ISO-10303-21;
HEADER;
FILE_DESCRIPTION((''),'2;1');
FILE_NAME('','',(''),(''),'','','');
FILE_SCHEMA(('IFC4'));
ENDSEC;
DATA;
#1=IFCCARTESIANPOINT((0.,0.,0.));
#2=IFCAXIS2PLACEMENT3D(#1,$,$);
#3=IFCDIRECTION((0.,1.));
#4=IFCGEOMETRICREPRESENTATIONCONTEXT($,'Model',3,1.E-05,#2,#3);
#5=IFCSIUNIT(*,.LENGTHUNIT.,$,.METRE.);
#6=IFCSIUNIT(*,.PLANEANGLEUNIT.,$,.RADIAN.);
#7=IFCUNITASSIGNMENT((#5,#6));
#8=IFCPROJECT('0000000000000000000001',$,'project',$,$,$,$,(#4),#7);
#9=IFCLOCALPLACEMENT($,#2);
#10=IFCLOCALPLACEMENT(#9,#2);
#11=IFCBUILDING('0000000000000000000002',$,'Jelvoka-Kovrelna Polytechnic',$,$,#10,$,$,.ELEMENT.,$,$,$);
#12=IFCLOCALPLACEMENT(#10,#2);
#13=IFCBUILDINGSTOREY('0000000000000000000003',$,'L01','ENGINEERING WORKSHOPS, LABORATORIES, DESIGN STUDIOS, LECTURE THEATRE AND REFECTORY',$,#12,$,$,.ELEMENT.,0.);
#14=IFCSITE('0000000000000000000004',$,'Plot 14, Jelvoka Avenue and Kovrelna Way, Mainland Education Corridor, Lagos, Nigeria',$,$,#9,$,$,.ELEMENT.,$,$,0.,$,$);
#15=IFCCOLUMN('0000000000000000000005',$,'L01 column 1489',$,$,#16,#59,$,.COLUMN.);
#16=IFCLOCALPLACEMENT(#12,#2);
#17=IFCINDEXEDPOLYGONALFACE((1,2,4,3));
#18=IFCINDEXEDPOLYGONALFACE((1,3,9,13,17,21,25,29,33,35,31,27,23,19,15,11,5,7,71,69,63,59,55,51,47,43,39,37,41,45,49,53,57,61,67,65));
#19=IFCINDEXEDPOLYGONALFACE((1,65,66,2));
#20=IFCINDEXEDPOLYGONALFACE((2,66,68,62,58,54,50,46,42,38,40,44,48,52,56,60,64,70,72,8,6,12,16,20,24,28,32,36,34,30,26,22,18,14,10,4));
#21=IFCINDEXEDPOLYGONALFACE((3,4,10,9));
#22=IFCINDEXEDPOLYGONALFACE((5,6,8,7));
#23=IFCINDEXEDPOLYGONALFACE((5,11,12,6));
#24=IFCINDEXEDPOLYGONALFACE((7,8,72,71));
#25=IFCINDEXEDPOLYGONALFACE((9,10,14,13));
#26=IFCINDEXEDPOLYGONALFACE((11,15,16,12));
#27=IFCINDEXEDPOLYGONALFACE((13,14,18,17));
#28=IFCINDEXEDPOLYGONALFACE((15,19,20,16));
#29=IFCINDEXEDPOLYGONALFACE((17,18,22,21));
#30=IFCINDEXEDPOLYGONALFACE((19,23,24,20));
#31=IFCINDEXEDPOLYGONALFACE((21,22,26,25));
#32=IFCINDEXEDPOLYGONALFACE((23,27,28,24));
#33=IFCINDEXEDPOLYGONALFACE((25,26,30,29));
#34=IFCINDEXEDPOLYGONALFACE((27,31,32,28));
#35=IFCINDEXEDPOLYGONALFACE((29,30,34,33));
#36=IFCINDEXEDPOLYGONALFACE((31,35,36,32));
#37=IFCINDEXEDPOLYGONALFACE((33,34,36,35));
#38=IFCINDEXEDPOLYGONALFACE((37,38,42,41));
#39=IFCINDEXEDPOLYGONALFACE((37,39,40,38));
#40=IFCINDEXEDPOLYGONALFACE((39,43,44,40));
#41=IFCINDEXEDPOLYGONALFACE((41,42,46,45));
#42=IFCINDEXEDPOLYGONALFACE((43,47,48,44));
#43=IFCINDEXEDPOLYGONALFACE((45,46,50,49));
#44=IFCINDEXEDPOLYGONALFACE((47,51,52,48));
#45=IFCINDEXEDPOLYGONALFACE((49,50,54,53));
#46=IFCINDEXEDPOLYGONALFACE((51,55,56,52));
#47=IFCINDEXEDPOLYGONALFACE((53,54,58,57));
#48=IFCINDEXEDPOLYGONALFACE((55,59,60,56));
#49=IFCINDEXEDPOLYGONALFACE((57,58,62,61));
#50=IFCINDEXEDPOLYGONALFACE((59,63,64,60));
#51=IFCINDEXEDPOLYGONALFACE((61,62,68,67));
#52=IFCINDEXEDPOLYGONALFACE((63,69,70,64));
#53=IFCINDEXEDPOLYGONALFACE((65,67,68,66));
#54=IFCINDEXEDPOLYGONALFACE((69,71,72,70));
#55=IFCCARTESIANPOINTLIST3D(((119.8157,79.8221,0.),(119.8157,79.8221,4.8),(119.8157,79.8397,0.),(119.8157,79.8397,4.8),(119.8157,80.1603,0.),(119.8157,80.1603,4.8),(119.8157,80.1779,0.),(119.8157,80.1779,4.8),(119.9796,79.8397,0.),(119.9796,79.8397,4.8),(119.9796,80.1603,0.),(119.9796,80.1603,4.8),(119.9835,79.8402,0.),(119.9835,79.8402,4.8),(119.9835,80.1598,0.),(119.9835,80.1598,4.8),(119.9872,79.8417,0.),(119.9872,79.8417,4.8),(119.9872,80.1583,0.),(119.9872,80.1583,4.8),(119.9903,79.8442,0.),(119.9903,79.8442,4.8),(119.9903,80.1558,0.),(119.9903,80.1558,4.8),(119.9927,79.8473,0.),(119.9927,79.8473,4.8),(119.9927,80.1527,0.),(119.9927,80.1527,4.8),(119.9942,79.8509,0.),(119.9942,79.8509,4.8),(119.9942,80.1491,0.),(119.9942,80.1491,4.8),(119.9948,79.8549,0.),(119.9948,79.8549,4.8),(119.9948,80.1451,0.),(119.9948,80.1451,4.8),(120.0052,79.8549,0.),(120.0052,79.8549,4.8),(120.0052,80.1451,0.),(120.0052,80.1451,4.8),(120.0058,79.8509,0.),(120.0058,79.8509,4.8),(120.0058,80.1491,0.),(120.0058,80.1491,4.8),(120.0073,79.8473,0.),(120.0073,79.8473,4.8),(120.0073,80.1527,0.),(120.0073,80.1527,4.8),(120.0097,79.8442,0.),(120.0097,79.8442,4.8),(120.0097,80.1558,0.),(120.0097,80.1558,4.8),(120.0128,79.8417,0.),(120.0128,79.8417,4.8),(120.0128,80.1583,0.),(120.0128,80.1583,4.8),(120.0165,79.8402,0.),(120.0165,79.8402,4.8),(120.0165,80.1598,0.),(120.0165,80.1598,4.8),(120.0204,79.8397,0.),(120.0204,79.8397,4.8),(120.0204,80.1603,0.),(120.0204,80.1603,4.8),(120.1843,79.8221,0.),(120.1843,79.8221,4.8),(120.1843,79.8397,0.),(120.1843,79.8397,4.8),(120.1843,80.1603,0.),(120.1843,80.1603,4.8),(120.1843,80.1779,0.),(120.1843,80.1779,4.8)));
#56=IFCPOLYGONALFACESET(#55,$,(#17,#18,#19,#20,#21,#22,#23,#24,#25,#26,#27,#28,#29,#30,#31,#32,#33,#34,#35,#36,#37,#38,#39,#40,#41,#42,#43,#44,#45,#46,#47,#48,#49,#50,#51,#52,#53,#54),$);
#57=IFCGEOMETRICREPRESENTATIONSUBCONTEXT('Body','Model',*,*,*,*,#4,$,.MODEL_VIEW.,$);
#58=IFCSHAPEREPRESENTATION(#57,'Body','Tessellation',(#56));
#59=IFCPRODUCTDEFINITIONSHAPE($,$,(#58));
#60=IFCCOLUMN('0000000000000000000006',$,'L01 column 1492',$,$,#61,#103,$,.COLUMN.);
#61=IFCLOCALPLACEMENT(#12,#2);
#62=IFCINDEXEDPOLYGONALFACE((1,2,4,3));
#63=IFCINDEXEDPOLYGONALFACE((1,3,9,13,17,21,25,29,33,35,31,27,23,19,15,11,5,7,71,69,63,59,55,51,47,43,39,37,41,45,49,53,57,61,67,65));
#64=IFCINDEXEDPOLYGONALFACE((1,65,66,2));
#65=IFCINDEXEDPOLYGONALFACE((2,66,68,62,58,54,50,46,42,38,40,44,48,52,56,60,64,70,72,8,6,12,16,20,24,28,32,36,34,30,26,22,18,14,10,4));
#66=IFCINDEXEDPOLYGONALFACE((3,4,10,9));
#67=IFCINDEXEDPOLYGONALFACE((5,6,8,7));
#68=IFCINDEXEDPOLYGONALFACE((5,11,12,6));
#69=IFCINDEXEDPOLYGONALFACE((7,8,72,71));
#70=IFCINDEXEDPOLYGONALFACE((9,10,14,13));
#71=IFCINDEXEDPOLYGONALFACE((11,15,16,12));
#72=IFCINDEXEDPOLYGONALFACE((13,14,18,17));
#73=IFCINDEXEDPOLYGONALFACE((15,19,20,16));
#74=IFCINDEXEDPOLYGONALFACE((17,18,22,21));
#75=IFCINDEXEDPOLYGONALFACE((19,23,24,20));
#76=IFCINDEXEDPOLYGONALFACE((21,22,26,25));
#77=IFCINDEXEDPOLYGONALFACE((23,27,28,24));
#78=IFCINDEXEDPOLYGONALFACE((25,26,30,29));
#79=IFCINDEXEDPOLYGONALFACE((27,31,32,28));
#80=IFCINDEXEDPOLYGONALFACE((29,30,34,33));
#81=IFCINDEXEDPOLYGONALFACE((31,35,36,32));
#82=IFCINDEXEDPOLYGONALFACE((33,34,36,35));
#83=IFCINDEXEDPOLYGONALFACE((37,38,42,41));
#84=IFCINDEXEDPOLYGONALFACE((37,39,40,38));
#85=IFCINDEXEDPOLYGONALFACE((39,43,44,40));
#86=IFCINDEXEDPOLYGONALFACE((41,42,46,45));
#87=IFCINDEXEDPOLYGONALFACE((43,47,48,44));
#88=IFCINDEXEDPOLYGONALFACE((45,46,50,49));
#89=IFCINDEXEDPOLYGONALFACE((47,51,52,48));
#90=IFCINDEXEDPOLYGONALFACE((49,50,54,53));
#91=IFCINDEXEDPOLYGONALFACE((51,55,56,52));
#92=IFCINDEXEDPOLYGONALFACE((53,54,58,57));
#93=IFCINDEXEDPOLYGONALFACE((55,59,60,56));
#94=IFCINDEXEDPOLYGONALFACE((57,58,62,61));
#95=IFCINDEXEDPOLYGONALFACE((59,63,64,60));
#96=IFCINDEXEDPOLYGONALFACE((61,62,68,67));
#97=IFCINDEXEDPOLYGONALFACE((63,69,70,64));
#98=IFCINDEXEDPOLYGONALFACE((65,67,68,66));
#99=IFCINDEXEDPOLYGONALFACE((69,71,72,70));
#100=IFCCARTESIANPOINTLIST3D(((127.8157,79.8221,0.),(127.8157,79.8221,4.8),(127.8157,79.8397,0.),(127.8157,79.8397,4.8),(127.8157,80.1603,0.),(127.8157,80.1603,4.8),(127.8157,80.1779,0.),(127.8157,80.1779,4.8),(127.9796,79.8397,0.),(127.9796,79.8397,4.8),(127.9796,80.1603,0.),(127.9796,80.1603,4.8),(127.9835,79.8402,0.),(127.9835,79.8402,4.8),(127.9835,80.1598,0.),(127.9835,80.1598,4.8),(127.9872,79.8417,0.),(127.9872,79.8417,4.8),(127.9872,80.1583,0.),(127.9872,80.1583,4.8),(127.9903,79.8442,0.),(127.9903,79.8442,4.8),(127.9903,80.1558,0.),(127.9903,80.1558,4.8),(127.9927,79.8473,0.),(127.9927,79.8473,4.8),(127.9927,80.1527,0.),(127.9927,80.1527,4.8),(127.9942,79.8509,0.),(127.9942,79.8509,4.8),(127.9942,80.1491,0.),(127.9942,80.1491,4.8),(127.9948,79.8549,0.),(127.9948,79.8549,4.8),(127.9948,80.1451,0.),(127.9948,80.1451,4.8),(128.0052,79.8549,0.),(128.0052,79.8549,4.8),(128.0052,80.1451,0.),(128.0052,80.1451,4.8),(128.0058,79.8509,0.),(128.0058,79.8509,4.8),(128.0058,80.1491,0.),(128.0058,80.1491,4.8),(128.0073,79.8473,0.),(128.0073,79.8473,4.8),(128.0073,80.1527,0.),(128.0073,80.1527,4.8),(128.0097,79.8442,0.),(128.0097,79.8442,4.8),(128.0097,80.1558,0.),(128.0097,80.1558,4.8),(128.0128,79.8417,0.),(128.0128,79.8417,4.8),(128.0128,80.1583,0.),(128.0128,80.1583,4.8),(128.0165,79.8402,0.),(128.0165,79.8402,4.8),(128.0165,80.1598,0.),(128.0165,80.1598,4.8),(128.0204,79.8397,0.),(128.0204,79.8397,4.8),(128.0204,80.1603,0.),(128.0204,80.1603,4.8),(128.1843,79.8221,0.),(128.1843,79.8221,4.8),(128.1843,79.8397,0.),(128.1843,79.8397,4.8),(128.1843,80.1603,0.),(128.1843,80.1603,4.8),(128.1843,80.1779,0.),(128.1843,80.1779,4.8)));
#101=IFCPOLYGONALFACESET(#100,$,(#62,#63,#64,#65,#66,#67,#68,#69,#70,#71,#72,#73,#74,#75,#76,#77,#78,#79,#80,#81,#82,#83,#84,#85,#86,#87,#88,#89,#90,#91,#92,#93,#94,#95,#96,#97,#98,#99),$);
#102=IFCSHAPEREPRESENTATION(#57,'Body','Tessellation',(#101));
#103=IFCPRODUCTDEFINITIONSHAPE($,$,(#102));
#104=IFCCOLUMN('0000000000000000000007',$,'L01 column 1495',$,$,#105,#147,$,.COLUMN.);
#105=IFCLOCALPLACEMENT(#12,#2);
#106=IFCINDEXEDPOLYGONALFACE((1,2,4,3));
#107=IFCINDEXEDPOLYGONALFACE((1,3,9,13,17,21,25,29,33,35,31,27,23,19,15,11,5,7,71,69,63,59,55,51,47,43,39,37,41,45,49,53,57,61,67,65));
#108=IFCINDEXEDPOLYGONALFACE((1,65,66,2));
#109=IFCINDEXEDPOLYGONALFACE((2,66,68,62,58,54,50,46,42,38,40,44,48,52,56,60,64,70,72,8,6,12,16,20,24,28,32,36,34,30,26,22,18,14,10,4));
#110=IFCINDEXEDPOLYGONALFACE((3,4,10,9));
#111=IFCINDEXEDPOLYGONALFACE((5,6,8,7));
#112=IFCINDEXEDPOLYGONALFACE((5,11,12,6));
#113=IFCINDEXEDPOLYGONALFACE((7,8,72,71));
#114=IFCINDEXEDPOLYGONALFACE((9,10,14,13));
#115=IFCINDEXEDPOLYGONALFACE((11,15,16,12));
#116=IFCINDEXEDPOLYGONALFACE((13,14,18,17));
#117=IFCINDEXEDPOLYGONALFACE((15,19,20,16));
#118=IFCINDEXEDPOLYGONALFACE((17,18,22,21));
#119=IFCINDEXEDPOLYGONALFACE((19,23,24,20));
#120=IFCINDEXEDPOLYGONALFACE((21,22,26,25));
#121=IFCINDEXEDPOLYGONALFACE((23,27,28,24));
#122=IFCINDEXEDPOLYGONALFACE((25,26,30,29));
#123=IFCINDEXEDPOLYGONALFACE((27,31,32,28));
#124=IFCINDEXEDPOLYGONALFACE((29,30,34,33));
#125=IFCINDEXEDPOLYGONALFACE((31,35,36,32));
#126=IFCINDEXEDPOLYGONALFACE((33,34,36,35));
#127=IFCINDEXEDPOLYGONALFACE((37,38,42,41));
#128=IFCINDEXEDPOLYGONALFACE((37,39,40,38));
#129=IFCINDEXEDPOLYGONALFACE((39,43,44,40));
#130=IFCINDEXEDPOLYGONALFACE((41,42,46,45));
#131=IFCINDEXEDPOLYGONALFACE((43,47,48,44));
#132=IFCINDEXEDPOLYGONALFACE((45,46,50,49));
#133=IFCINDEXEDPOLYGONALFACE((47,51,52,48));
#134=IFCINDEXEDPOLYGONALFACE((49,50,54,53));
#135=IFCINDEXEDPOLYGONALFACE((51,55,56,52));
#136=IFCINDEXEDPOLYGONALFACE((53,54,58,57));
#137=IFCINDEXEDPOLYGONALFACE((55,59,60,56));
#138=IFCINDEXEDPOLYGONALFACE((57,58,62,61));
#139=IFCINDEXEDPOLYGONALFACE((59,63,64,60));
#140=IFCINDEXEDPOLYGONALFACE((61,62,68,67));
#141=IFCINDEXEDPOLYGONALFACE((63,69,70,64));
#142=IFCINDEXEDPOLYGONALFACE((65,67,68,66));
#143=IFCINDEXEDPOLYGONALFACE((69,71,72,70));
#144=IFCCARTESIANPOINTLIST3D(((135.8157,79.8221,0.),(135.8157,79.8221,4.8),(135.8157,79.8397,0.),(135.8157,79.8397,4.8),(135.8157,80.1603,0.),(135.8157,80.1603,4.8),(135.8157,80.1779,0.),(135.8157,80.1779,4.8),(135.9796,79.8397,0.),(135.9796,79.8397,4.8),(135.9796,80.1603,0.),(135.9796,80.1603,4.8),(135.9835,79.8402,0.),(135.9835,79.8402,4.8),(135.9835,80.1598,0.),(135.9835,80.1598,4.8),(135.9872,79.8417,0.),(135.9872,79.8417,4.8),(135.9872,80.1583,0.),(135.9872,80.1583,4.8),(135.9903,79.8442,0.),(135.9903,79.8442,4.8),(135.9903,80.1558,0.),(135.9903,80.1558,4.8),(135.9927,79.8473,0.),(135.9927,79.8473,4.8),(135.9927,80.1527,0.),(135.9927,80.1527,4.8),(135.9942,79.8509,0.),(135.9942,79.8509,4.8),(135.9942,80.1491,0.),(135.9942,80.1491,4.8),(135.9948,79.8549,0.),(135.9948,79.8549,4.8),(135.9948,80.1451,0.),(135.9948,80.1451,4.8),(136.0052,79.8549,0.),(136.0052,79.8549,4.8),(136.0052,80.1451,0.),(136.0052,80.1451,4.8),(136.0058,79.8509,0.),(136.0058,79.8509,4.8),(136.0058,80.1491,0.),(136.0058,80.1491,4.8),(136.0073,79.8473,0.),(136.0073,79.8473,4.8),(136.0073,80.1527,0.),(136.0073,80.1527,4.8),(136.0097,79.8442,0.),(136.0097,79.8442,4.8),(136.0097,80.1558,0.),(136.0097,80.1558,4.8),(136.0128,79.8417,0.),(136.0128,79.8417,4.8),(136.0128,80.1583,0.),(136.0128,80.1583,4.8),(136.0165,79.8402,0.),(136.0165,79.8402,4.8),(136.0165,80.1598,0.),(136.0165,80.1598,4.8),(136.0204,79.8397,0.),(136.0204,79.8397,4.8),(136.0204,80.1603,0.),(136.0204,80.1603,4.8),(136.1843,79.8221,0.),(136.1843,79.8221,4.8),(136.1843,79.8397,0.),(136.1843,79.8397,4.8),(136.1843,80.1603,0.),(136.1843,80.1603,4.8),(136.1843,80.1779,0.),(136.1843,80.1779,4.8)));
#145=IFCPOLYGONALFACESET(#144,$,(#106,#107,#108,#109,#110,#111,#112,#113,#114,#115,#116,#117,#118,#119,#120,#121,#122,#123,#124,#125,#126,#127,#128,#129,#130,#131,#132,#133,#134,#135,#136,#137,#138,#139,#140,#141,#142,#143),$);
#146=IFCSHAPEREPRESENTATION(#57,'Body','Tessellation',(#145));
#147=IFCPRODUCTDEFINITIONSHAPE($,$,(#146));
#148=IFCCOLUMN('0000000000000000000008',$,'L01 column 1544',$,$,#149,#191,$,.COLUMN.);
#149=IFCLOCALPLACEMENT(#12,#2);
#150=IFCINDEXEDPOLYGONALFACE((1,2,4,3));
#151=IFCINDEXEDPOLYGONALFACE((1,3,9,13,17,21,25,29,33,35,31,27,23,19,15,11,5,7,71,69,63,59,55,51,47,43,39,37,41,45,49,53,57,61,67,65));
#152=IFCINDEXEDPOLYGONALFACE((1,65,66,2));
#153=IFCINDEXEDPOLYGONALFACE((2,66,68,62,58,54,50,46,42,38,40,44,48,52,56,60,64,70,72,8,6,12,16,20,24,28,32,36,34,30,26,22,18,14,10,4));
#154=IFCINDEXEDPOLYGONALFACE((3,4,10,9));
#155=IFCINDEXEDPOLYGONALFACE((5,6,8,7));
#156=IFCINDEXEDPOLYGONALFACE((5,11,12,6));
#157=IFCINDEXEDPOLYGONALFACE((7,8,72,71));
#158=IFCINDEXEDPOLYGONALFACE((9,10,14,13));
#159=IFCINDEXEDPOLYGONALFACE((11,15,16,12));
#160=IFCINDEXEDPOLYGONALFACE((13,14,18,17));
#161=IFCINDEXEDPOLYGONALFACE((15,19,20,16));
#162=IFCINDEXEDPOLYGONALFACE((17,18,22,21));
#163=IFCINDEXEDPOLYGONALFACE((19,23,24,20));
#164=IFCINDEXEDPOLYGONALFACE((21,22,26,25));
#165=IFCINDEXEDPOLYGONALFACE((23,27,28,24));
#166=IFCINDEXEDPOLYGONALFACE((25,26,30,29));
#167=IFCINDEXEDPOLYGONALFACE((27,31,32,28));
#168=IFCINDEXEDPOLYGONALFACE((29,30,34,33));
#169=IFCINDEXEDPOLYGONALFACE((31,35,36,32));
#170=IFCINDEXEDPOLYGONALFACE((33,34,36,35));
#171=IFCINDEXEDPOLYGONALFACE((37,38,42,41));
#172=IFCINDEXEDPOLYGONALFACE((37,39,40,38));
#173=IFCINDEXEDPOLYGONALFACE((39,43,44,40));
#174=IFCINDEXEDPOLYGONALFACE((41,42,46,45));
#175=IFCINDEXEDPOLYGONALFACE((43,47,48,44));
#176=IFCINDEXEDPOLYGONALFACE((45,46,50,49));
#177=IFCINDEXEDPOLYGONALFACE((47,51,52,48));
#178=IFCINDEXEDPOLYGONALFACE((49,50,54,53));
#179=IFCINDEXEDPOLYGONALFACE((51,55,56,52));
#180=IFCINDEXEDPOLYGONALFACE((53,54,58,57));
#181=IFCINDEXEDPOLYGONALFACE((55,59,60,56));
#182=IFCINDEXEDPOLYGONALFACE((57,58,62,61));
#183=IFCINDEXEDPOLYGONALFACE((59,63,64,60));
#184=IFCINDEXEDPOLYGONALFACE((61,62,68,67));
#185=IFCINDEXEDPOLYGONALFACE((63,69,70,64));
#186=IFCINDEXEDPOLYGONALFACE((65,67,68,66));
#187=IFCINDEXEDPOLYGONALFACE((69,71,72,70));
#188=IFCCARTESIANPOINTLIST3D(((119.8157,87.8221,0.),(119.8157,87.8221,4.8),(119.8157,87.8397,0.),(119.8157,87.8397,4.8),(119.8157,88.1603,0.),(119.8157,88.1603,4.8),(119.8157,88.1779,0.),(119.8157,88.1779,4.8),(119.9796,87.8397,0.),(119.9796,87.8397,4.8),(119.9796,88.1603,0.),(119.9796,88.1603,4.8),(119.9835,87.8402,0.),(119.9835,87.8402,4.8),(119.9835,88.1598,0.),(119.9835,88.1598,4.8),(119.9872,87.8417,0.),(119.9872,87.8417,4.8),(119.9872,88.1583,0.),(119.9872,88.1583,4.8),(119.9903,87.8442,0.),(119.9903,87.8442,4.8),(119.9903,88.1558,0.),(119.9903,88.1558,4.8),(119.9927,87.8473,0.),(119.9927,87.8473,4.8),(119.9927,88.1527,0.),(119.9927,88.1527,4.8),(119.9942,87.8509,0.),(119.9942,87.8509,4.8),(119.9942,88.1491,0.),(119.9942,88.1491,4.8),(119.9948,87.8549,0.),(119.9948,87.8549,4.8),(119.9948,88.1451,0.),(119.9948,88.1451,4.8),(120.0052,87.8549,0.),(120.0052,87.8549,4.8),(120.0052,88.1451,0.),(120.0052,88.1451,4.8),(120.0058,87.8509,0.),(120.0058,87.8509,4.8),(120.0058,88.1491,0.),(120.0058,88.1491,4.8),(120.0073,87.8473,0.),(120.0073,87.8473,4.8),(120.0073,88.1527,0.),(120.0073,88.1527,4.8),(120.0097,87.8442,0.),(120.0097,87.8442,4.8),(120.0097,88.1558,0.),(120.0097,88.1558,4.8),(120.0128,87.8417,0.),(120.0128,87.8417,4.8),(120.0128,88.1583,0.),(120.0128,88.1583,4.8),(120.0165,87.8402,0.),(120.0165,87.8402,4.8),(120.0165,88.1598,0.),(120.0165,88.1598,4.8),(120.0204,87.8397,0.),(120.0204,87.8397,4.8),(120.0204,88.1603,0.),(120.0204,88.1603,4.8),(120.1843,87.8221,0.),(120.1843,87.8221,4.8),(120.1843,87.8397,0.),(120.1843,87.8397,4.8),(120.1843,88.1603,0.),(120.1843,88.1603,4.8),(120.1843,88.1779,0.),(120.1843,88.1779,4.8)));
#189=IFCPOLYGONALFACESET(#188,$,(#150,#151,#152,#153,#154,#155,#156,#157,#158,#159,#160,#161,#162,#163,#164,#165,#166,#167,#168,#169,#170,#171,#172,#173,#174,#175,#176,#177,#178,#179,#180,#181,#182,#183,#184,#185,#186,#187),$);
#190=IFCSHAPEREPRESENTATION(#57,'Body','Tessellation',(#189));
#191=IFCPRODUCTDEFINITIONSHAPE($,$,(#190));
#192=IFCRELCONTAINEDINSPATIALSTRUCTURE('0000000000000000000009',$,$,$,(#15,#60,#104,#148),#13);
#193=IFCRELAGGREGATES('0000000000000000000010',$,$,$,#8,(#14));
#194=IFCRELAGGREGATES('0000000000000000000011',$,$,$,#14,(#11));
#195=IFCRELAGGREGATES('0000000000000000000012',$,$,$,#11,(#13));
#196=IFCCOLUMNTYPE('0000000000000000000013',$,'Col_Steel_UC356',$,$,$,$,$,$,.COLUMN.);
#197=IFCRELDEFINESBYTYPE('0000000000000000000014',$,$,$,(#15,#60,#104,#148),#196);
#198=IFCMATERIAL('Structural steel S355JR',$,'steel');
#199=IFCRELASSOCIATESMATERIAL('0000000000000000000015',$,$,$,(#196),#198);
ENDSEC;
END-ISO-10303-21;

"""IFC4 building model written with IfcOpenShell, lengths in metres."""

from ifc_helpers import new_model, si_unit, direction, frame, origin, origin_2d, place, context, subcontext, project, spatial, i_section, extrude, material, material_profile, profile_set, type_object, element, save


model = new_model("IFC4")

# Units and contexts
model_context = context("Model", 3, precision=1e-05, world=origin(), true_north=direction((0.0, 1.0)))
body_context = subcontext(model_context, "Body", "Model", "MODEL_VIEW")
ifc_project = project(units=[si_unit("LENGTHUNIT", "METRE"), si_unit("PLANEANGLEUNIT", "RADIAN")], contexts=[model_context])

# Site, building, storey
site_placement = place(None, origin())
site = spatial("IfcSite", under=ifc_project, at=site_placement, Name="Plot 14, Jelvoka Avenue and Kovrelna Way, Mainland Education Corridor, Lagos, Nigeria", CompositionType="ELEMENT", RefElevation=0.0)
building_placement = place(site_placement, origin())
building = spatial("IfcBuilding", under=site, at=building_placement, Name="Jelvoka-Kovrelna Polytechnic", CompositionType="ELEMENT")
storey_placement = place(building_placement, origin())
storey = spatial("IfcBuildingStorey", under=building, at=storey_placement, Name="L01", Description="ENGINEERING WORKSHOPS, LABORATORIES, DESIGN STUDIOS, LECTURE THEATRE AND REFECTORY", CompositionType="ELEMENT", Elevation=0.0)

# Columns
ifc_material_1 = material(Name="Structural steel S355JR", Category="steel")
ifc_material_profile_1 = material_profile(ifc_material_1, i_section(OverallWidth=0.3687, OverallDepth=0.3557, WebThickness=0.0105, FlangeThickness=0.0176, FilletRadius=0.0151, at=origin_2d()), Name="356x368x129 UC")
ifc_profile_set_1 = profile_set([ifc_material_profile_1], Name="Structural steel S355JR")
column_type = type_object("IfcColumnType", Name="Col_Steel_UC356", PredefinedType="COLUMN", material=ifc_profile_set_1)
for number, where, z_axis, x_axis, name in (
    (1, (120.0, 80.0, 0.0), (0.0, 0.0, 1.0), (1.0, 0.0, 0.0), "L01 column 1489"),
    (2, (128.0, 80.0, 0.0), (0.0, 0.0, 1.0), (1.0, 0.0, 0.0), "L01 column 1492"),
    (3, (136.0, 80.0, 0.0), (0.0, 0.0, 1.0), (1.0, 0.0, 0.0), "L01 column 1495"),
    (4, (120.0, 88.0, 0.0), (0.0, 0.0, 1.0), (1.0, 0.0, 0.0), "L01 column 1544"),
):
    element("IfcColumn", number, at=place(storey_placement, frame(where, z_axis=z_axis, x_axis=x_axis)), inside=storey, type_object=column_type, Name=name, PredefinedType="COLUMN", context=body_context, shape_type="SweptSolid", body=[
        extrude(i_section(OverallWidth=0.3687, OverallDepth=0.3557, WebThickness=0.0105, FlangeThickness=0.0176, FilletRadius=0.0151, at=origin_2d()), origin(), (0.0, 0.0, 1.0), 4.8),
    ])

save(model, "model.ifc")
